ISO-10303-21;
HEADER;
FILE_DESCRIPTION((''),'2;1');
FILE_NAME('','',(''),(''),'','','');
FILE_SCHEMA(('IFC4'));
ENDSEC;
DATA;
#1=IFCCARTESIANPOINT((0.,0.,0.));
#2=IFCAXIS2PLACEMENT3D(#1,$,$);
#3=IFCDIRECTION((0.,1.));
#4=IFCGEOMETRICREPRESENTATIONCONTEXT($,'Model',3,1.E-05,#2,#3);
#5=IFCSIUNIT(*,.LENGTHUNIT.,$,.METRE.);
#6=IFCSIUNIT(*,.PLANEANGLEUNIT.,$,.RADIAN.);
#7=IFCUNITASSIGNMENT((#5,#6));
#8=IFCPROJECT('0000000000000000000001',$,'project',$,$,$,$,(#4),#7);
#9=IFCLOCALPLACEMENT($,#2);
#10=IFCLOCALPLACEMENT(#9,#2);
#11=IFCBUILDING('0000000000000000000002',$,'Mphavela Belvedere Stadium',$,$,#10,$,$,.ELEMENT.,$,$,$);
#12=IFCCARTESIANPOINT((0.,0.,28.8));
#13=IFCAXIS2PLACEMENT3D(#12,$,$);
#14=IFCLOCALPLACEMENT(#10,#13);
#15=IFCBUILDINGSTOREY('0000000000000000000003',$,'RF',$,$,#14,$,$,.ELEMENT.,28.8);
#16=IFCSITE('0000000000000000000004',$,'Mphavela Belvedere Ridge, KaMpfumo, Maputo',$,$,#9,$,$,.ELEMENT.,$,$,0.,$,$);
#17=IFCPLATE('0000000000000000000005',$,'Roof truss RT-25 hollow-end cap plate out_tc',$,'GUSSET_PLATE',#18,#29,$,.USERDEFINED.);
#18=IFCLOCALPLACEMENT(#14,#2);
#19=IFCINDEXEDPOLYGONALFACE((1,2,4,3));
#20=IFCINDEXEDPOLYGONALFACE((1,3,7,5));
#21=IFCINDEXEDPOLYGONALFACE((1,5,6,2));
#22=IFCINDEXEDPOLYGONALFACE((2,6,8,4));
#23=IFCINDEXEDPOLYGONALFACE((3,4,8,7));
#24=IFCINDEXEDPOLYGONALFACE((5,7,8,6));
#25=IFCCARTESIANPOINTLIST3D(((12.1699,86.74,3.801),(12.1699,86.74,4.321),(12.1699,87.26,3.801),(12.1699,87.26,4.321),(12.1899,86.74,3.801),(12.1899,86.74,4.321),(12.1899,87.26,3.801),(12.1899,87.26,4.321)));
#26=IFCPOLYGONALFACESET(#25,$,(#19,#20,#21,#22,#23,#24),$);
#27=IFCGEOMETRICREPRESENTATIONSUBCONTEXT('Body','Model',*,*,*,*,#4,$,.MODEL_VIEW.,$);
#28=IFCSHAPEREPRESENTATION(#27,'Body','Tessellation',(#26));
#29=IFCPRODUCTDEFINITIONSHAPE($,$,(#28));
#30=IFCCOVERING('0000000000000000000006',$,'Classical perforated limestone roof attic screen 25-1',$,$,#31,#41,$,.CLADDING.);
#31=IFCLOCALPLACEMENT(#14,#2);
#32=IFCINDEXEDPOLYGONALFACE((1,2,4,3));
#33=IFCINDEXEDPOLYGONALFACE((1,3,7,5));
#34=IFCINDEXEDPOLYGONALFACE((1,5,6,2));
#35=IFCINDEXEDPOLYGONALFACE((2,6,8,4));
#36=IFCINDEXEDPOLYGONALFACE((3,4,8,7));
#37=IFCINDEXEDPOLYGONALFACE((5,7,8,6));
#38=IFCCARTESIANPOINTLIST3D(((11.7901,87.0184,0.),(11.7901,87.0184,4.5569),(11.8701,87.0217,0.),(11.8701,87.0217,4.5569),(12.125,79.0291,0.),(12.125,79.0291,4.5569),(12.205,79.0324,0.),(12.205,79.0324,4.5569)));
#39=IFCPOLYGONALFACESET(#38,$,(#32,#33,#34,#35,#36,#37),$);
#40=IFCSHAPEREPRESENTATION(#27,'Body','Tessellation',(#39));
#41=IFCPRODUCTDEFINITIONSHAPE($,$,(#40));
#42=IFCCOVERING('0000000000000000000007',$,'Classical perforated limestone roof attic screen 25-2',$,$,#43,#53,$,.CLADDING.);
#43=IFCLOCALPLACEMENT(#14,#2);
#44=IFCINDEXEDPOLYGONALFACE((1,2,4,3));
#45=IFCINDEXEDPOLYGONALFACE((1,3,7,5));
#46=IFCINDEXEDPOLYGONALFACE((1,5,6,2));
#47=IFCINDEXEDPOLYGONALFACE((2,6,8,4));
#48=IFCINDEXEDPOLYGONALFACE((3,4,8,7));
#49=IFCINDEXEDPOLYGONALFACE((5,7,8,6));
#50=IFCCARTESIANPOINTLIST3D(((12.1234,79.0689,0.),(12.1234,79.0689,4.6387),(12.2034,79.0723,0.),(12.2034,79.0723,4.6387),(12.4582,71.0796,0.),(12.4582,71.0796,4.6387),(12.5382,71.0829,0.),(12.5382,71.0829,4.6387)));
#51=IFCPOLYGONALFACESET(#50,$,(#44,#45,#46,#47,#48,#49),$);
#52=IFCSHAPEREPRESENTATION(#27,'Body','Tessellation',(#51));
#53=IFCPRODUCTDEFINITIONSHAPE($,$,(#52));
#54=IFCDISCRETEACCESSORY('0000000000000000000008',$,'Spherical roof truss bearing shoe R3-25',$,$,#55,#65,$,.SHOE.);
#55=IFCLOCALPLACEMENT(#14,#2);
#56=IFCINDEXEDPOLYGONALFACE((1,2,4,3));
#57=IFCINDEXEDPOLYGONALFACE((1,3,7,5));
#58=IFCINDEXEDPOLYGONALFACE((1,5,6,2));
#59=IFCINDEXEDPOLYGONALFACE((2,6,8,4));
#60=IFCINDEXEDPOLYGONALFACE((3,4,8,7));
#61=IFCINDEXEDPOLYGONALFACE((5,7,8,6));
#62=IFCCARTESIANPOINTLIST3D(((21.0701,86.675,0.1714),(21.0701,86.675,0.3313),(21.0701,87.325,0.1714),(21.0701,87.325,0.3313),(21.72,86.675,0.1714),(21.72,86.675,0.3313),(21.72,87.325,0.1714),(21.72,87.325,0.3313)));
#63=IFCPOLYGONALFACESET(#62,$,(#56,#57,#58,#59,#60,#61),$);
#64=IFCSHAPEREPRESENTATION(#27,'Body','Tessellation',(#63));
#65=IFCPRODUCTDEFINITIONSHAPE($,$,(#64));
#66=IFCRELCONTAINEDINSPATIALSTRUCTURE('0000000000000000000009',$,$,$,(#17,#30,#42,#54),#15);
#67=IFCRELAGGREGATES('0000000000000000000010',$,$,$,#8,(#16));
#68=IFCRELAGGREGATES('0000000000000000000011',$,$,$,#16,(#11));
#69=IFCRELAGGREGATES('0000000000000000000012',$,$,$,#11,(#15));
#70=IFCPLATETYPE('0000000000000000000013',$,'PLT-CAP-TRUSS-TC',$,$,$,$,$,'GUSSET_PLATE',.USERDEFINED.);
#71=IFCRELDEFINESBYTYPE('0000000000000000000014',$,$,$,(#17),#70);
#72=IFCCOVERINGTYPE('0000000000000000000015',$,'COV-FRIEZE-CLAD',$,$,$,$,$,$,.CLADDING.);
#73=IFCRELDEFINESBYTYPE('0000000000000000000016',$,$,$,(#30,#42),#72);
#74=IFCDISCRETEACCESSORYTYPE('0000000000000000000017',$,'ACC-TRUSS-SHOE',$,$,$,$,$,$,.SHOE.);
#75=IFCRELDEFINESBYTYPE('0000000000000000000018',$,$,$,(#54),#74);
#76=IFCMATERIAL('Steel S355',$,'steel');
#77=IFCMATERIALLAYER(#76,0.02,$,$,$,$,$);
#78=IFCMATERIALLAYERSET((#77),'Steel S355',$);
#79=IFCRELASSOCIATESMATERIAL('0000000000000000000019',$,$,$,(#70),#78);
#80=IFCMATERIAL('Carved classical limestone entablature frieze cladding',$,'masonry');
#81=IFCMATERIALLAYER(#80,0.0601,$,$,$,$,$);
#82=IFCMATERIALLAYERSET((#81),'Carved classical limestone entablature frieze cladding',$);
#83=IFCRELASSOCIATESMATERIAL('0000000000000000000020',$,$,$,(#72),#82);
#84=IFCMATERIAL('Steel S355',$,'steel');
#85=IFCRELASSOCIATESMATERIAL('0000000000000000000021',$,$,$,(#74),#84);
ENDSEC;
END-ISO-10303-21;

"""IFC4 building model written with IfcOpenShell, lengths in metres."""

from ifc_helpers import new_model, si_unit, direction, frame, origin, origin_2d, place, context, subcontext, project, spatial, rectangle, extrude, material, layer, layer_set, type_object, element, save


model = new_model("IFC4")

# Units and contexts
model_context = context("Model", 3, precision=1e-05, world=origin(), true_north=direction((0.0, 1.0)))
body_context = subcontext(model_context, "Body", "Model", "MODEL_VIEW")
ifc_project = project(units=[si_unit("LENGTHUNIT", "METRE"), si_unit("PLANEANGLEUNIT", "RADIAN")], contexts=[model_context])

# Site, building, storey
site_placement = place(None, origin())
site = spatial("IfcSite", under=ifc_project, at=site_placement, Name="Mphavela Belvedere Ridge, KaMpfumo, Maputo", CompositionType="ELEMENT", RefElevation=0.0)
building_placement = place(site_placement, origin())
building = spatial("IfcBuilding", under=site, at=building_placement, Name="Mphavela Belvedere Stadium", CompositionType="ELEMENT")
storey_placement = place(building_placement, frame((0.0, 0.0, 28.8)))
storey = spatial("IfcBuildingStorey", under=building, at=storey_placement, Name="RF", CompositionType="ELEMENT", Elevation=28.8)

# Plate
ifc_material_1 = material(Name="Steel S355", Category="steel")
ifc_layer_1 = layer(ifc_material_1, 0.02)
ifc_layer_set_1 = layer_set([ifc_layer_1], Name="Steel S355")
plate_type_1 = type_object("IfcPlateType", Name="PLT-CAP-TRUSS-TC", ElementType="GUSSET_PLATE", PredefinedType="USERDEFINED", material=ifc_layer_set_1)
plate_1_placement = place(storey_placement, frame((12.1799, 87.0, 3.801), z_axis=(0.0, 0.0, 1.0), x_axis=(-1.0, 0.0, 0.0)))
element("IfcPlate", 1, at=plate_1_placement, inside=storey, type_object=plate_type_1, Name="Roof truss RT-25 hollow-end cap plate out_tc", ObjectType="GUSSET_PLATE", PredefinedType="USERDEFINED", context=body_context, shape_type="SweptSolid", body=[
    extrude(rectangle(XDim=0.02, YDim=0.52, at=origin_2d()), origin(), (0.0, 0.0, 1.0), 0.52),
])

# Coverings
ifc_material_2 = material(Name="Carved classical limestone entablature frieze cladding", Category="masonry")
ifc_layer_2 = layer(ifc_material_2, 0.0601)
ifc_layer_set_2 = layer_set([ifc_layer_2], Name="Carved classical limestone entablature frieze cladding")
covering_type = type_object("IfcCoveringType", Name="COV-FRIEZE-CLAD", PredefinedType="CLADDING", material=ifc_layer_set_2)
covering_1_placement = place(storey_placement, frame((11.9976, 83.0254, 0.0), z_axis=(0.0, 0.0, 1.0), x_axis=(0.041876, -0.999123, 0.0)))
element("IfcCovering", 2, at=covering_1_placement, inside=storey, type_object=covering_type, Name="Classical perforated limestone roof attic screen 25-1", PredefinedType="CLADDING", context=body_context, shape_type="SweptSolid", body=[
    extrude(rectangle(XDim=7.9963, YDim=0.0801, at=origin_2d()), origin(), (0.0, 0.0, 1.0), 4.5569),
])
covering_2_placement = place(storey_placement, frame((12.3308, 75.0759, 0.0), z_axis=(0.0, 0.0, 1.0), x_axis=(0.041876, -0.999123, 0.0)))
element("IfcCovering", 3, at=covering_2_placement, inside=storey, type_object=covering_type, Name="Classical perforated limestone roof attic screen 25-2", PredefinedType="CLADDING", context=body_context, shape_type="SweptSolid", body=[
    extrude(rectangle(XDim=7.9963, YDim=0.0801, at=origin_2d()), origin(), (0.0, 0.0, 1.0), 4.6387),
])

# Discrete accessory
ifc_material_3 = material(Name="Steel S355", Category="steel")
discrete_accessory_type = type_object("IfcDiscreteAccessoryType", Name="ACC-TRUSS-SHOE", PredefinedType="SHOE", material=ifc_material_3)
discrete_accessory_placement = place(storey_placement, frame((21.395, 87.0, 0.1714), z_axis=(0.0, 0.0, 1.0), x_axis=(-1.0, 0.0, 0.0)))
element("IfcDiscreteAccessory", 4, at=discrete_accessory_placement, inside=storey, type_object=discrete_accessory_type, Name="Spherical roof truss bearing shoe R3-25", PredefinedType="SHOE", context=body_context, shape_type="SweptSolid", body=[
    extrude(rectangle(XDim=0.6499, YDim=0.6499, at=origin_2d()), origin(), (0.0, 0.0, 1.0), 0.1599),
])

save(model, "model.ifc")
